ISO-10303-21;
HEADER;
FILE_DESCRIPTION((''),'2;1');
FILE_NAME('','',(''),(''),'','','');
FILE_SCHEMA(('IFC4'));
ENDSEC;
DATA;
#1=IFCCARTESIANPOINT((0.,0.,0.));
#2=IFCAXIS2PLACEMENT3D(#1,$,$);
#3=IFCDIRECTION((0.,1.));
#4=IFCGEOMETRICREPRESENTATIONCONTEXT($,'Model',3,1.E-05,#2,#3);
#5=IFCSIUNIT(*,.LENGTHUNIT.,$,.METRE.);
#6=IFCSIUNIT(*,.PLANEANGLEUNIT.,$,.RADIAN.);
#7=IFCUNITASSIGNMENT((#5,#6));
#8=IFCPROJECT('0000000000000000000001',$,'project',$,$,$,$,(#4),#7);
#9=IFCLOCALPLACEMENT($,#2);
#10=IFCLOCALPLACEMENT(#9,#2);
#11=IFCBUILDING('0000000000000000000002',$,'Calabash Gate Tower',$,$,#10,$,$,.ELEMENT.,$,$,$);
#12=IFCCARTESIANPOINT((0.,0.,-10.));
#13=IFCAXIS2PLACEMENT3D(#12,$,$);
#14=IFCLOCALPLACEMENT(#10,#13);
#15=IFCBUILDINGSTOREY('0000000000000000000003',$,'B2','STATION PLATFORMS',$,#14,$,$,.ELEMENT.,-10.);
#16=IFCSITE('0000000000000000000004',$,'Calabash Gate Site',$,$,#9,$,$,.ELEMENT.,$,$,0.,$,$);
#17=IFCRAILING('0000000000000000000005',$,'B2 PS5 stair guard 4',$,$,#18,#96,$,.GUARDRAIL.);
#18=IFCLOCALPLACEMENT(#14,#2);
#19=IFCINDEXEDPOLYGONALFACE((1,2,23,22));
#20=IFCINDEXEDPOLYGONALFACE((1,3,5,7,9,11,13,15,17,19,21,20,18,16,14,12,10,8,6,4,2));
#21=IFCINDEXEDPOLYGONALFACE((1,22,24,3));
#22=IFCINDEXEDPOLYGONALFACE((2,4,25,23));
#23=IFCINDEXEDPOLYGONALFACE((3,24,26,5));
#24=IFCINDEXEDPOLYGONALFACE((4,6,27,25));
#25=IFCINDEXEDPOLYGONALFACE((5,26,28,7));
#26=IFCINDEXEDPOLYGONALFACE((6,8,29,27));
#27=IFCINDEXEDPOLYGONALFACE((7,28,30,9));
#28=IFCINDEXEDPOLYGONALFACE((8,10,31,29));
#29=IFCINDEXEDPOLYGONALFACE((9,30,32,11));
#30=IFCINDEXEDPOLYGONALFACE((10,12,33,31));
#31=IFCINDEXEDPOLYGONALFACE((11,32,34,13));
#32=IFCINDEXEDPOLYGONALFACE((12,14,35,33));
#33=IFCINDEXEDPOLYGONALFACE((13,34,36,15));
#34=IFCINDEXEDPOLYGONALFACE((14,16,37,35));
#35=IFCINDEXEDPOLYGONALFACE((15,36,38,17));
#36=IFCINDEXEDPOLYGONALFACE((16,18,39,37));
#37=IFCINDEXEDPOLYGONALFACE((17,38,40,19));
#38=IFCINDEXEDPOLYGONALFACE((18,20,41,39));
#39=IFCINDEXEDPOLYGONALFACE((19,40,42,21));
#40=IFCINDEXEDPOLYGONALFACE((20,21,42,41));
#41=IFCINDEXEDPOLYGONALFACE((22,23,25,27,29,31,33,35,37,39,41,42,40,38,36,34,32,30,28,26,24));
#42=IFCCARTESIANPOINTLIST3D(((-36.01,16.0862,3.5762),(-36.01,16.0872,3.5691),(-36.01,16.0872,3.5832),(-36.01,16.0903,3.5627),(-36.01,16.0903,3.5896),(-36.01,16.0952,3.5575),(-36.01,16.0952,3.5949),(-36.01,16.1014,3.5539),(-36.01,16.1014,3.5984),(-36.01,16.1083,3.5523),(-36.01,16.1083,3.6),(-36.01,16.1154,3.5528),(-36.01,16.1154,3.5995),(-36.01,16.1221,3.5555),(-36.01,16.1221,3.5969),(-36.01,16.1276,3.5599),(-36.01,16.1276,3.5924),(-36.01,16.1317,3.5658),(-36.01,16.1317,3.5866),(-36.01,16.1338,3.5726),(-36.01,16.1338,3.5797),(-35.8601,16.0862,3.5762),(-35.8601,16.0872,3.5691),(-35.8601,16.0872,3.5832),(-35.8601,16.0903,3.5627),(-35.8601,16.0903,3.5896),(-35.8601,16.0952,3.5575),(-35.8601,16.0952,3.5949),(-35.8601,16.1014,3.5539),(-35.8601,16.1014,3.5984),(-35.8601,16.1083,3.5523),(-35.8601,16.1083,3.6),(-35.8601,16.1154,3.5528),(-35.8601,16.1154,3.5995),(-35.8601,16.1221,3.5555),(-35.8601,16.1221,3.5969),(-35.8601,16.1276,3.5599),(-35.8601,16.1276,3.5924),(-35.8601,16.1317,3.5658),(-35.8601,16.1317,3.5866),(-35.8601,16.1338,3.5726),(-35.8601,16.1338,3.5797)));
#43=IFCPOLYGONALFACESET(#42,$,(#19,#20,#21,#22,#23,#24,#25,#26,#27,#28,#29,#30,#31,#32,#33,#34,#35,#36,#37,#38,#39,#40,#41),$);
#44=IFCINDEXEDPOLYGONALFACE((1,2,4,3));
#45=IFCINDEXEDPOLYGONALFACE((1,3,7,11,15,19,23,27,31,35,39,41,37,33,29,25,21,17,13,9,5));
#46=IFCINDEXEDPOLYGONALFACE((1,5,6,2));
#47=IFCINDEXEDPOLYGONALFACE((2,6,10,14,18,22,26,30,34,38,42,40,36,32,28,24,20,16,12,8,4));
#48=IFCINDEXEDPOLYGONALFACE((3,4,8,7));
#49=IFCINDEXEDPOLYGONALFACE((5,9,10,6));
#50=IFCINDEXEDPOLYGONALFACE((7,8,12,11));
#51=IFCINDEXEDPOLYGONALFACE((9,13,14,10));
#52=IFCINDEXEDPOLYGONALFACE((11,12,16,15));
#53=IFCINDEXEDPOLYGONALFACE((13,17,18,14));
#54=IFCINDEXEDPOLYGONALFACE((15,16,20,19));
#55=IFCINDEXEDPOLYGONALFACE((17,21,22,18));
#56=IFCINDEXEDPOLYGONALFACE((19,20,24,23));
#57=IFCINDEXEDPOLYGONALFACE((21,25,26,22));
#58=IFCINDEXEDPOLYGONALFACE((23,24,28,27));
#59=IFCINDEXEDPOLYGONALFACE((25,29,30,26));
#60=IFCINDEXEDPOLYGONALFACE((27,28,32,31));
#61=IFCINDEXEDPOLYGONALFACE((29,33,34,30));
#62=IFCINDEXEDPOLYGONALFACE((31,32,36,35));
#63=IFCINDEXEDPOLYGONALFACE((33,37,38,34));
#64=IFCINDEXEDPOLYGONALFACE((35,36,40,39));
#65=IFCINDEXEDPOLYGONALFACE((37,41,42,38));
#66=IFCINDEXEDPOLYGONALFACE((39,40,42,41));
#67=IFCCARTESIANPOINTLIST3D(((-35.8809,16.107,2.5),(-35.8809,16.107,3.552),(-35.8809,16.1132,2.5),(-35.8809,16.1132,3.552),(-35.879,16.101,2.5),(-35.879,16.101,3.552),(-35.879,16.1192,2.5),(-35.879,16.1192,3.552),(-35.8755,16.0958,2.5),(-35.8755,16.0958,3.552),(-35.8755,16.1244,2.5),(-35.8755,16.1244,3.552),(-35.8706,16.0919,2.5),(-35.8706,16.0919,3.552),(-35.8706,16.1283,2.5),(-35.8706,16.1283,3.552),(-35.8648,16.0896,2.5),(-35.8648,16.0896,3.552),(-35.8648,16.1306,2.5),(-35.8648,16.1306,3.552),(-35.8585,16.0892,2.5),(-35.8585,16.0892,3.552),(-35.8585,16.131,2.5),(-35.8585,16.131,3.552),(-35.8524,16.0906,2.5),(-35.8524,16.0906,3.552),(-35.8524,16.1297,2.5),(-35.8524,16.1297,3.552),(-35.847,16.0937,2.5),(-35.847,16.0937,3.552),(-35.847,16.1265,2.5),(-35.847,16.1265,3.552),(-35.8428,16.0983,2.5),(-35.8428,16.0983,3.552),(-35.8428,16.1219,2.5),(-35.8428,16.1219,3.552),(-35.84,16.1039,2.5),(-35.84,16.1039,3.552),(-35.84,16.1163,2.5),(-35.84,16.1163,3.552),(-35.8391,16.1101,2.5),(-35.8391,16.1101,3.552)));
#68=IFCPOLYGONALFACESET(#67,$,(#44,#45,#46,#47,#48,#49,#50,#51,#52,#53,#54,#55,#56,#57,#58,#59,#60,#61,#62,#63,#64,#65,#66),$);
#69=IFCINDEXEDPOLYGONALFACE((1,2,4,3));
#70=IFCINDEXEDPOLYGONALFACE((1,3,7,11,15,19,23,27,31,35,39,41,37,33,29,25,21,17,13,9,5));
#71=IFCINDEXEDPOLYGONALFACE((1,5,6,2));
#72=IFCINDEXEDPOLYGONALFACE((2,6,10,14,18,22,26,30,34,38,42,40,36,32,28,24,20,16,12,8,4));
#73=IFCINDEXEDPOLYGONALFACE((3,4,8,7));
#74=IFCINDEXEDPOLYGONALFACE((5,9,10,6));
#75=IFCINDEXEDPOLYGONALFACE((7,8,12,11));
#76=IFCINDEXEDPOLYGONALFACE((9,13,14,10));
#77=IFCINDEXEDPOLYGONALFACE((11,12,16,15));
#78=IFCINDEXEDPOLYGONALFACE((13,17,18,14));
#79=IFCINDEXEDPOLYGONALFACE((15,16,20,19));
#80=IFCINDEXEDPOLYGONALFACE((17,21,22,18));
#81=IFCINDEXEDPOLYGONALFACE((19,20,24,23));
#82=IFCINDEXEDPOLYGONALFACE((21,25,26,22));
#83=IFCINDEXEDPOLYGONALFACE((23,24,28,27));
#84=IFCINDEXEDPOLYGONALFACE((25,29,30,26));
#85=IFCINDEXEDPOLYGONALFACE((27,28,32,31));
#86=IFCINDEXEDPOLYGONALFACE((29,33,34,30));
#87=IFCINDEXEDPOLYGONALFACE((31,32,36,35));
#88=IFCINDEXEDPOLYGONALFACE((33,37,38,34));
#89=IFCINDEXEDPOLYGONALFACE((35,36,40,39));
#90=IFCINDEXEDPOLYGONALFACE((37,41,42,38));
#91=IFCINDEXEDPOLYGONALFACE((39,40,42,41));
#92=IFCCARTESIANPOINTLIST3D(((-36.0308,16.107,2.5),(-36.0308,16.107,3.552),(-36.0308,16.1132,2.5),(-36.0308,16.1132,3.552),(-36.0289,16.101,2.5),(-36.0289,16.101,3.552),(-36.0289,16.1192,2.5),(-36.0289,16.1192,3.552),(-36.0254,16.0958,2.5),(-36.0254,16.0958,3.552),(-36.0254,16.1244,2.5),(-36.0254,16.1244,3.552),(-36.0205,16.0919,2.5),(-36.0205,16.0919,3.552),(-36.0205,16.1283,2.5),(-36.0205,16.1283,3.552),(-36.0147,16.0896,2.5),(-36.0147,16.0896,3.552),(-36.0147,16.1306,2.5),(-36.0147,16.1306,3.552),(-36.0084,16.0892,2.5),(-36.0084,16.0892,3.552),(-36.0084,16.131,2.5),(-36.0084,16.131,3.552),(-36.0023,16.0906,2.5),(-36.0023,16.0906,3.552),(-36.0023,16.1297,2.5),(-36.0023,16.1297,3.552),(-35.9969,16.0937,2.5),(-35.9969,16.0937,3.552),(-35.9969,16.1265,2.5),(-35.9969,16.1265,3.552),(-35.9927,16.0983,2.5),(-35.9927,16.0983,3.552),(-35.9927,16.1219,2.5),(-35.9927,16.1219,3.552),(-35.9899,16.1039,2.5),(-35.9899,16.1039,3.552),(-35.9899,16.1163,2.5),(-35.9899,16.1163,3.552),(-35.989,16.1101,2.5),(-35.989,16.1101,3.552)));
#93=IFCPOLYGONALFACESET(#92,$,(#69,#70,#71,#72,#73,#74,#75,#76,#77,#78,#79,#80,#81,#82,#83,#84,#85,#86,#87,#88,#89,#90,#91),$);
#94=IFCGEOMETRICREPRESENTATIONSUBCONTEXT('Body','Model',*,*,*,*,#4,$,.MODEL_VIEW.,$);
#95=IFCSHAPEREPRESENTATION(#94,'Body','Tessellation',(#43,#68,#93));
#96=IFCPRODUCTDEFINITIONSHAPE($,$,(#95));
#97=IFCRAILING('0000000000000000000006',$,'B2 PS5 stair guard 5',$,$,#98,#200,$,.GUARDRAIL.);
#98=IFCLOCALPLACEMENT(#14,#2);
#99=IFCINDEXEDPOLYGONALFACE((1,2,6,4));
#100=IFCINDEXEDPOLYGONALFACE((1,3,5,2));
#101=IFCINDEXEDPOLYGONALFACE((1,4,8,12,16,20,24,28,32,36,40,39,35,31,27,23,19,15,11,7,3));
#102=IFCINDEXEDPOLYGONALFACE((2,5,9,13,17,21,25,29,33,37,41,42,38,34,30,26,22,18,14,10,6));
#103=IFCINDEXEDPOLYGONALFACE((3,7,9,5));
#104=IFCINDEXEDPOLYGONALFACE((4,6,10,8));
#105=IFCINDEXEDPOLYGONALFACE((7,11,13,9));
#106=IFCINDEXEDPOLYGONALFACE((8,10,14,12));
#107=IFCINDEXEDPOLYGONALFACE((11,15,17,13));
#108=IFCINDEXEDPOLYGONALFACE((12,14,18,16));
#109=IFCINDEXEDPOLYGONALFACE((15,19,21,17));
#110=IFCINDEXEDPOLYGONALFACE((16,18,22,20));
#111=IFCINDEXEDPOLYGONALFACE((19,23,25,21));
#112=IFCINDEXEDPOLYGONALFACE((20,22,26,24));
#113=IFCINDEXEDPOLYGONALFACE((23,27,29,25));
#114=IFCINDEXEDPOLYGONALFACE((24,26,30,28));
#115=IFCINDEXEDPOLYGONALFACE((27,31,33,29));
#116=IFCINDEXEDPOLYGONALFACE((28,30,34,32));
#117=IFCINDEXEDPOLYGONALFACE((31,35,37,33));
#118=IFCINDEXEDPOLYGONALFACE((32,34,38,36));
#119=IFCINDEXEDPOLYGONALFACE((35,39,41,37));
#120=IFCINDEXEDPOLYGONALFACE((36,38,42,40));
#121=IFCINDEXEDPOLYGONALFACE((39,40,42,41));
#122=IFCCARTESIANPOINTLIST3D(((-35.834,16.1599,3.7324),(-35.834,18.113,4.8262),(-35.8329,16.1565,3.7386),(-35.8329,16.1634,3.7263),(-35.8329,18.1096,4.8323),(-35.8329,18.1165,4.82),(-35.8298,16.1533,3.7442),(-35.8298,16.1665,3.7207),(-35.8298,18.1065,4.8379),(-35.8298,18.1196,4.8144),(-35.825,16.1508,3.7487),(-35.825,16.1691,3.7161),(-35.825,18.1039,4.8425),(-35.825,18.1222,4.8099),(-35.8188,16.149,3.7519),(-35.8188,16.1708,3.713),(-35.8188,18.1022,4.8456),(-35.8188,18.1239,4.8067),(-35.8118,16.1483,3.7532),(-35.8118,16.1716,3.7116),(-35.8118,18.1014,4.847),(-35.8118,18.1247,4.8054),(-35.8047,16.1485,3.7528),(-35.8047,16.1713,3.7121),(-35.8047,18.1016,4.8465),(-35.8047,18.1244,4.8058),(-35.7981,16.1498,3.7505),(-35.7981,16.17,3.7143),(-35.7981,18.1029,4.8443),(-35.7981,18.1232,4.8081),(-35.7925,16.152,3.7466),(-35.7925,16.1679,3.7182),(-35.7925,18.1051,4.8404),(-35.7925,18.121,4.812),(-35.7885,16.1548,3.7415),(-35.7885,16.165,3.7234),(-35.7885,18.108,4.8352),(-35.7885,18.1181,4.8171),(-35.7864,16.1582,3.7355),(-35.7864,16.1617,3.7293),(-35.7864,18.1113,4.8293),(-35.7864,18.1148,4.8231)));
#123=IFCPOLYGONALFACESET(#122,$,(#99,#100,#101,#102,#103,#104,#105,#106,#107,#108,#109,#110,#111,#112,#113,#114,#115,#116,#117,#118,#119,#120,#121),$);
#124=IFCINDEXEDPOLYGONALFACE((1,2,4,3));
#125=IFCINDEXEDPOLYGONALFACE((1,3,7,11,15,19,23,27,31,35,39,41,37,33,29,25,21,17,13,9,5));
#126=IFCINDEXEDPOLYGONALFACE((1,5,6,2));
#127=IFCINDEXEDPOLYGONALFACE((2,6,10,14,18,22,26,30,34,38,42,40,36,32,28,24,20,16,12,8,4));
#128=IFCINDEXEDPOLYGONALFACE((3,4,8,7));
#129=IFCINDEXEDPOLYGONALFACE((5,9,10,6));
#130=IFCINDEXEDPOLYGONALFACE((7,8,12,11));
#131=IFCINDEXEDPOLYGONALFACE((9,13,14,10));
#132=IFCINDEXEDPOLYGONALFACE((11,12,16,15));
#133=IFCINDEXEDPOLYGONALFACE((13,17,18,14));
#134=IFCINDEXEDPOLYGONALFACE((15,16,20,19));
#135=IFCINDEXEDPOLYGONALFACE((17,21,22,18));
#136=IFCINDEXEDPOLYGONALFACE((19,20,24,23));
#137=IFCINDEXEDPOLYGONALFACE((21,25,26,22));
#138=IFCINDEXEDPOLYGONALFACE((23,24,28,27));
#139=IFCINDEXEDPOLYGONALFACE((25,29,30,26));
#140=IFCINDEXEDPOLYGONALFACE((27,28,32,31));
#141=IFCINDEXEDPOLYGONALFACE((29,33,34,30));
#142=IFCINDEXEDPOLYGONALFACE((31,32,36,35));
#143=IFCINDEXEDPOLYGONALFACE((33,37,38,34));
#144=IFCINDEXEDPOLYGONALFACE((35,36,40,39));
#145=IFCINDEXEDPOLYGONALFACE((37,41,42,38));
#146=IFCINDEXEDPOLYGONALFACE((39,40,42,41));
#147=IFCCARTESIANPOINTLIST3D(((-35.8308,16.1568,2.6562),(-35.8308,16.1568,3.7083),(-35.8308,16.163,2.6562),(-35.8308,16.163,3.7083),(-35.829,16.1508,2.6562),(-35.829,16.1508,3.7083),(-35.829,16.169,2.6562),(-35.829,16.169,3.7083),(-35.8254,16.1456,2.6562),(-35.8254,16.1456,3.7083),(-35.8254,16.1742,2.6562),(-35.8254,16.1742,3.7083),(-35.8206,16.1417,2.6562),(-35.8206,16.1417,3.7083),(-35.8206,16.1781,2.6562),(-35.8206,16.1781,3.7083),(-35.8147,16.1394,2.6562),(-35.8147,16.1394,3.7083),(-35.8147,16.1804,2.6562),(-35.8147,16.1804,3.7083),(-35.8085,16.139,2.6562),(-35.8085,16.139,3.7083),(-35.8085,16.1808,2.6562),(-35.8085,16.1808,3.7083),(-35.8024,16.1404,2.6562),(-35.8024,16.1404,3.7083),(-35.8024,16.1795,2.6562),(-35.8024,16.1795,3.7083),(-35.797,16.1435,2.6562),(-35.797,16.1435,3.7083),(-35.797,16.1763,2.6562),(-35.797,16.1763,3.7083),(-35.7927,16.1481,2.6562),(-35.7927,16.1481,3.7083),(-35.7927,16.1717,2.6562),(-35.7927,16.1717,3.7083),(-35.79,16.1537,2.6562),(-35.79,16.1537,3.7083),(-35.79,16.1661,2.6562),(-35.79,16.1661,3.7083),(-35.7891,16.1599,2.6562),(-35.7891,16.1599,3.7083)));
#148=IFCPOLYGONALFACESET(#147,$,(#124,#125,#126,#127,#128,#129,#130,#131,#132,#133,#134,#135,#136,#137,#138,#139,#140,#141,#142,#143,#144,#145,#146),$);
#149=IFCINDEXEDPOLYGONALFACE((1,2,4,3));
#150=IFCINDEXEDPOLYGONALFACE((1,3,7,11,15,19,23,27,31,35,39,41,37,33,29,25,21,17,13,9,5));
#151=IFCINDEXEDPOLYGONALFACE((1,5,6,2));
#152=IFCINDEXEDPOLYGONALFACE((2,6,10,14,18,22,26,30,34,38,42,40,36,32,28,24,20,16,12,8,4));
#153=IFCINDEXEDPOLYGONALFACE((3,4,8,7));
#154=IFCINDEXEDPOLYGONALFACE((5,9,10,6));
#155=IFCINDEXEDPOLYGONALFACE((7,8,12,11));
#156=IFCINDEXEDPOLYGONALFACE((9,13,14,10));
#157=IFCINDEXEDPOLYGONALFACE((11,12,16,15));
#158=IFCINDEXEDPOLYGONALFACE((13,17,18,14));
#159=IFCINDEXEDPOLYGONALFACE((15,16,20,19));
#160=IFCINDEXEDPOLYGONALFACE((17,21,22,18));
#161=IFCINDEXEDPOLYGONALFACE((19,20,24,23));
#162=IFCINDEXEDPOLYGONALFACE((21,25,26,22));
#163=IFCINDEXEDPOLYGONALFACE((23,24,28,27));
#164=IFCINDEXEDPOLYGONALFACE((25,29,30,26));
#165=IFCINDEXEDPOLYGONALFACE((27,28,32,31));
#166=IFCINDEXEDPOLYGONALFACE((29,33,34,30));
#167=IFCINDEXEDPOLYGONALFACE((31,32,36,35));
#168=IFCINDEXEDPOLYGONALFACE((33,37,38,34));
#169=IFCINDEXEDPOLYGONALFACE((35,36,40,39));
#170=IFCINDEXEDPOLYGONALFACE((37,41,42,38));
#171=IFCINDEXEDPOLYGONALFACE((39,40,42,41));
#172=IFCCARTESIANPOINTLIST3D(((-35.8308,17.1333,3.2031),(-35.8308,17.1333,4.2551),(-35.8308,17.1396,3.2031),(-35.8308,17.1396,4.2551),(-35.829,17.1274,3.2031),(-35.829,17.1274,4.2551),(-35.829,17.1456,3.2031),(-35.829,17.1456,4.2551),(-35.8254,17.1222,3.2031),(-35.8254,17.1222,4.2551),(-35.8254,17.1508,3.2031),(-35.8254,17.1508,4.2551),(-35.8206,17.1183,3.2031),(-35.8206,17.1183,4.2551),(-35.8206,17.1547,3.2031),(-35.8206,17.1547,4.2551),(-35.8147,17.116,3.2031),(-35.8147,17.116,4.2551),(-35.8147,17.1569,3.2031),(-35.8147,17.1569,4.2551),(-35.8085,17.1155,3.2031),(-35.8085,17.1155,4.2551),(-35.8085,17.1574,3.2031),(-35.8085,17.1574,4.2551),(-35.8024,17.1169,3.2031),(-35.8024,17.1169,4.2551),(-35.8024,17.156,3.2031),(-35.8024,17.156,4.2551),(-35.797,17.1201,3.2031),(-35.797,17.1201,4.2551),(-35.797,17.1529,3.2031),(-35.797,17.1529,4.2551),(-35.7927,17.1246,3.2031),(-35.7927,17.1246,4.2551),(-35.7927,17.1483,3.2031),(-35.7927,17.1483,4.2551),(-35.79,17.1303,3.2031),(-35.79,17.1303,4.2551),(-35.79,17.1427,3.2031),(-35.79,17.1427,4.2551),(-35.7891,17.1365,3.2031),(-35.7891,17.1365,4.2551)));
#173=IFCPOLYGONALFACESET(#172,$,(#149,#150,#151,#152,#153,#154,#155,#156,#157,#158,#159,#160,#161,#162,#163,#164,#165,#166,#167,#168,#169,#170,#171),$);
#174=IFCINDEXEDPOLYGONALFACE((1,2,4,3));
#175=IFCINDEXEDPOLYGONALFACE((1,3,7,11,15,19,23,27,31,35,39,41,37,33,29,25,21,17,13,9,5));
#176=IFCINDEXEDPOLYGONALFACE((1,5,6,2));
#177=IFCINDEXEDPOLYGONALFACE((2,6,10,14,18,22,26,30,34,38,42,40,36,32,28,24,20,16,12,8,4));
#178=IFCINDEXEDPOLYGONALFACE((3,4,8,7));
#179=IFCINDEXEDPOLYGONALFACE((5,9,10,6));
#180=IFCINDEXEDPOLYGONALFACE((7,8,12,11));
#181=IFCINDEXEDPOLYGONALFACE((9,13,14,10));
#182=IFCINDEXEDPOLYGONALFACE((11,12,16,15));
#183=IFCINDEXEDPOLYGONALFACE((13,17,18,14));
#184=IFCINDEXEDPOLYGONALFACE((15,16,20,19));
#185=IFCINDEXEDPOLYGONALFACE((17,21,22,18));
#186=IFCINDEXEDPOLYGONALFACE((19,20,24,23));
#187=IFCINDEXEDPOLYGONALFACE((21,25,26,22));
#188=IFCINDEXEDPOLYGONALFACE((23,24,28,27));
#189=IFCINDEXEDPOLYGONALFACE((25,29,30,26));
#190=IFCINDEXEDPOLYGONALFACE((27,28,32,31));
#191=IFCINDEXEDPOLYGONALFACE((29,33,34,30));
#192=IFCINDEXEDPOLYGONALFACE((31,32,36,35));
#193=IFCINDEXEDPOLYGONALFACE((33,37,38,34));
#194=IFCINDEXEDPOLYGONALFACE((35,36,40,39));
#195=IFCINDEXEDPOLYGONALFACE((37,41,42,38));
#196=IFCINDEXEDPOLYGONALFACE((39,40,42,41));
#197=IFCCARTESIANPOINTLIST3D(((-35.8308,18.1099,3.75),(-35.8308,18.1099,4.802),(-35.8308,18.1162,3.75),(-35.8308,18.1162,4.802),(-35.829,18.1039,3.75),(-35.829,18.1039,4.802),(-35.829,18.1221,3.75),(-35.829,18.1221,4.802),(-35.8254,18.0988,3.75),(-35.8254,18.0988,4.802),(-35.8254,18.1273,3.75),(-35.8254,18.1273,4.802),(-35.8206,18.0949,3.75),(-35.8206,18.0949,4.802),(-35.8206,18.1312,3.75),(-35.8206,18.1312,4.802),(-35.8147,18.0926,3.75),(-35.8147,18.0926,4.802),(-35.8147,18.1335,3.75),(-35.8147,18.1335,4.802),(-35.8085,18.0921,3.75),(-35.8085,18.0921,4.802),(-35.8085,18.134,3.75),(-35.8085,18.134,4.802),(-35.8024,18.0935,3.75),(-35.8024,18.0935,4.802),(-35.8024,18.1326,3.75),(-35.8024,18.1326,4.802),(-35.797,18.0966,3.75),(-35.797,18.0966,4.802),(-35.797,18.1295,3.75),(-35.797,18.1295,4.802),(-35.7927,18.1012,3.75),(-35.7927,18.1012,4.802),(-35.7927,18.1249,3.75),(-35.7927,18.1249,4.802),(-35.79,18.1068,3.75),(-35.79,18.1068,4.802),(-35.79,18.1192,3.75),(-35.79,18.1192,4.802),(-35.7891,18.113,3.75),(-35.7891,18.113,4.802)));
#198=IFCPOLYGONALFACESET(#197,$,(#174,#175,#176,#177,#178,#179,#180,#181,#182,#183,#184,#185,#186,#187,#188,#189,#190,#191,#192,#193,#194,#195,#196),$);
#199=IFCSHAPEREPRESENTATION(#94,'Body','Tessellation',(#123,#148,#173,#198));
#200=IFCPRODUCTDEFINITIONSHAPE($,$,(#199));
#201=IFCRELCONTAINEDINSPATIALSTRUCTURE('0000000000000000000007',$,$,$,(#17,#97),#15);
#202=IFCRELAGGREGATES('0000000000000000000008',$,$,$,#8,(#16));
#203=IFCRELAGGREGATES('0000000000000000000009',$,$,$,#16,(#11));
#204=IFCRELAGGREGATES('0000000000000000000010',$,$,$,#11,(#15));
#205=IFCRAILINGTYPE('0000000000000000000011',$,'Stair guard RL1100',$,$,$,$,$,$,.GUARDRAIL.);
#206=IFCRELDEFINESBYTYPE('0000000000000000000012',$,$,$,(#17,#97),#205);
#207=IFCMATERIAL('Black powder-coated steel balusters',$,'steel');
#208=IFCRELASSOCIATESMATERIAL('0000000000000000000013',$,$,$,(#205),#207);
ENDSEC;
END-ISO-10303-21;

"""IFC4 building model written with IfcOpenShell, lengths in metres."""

from ifc_helpers import new_model, si_unit, direction, frame, origin, origin_2d, place, context, subcontext, project, spatial, circle, extrude, material, type_object, element, save


model = new_model("IFC4")

# Units and contexts
model_context = context("Model", 3, precision=1e-05, world=origin(), true_north=direction((0.0, 1.0)))
body_context = subcontext(model_context, "Body", "Model", "MODEL_VIEW")
ifc_project = project(units=[si_unit("LENGTHUNIT", "METRE"), si_unit("PLANEANGLEUNIT", "RADIAN")], contexts=[model_context])

# Site, building, storey
site_placement = place(None, origin())
site = spatial("IfcSite", under=ifc_project, at=site_placement, Name="Calabash Gate Site", CompositionType="ELEMENT", RefElevation=0.0)
building_placement = place(site_placement, origin())
building = spatial("IfcBuilding", under=site, at=building_placement, Name="Calabash Gate Tower", CompositionType="ELEMENT")
storey_placement = place(building_placement, frame((0.0, 0.0, -10.0)))
storey = spatial("IfcBuildingStorey", under=building, at=storey_placement, Name="B2", Description="STATION PLATFORMS", CompositionType="ELEMENT", Elevation=-10.0)

# Railings
ifc_material_1 = material(Name="Black powder-coated steel balusters", Category="steel")
railing_type = type_object("IfcRailingType", Name="Stair guard RL1100", PredefinedType="GUARDRAIL", material=ifc_material_1)
railing_1_placement = place(storey_placement, frame((-35.8601, 16.1101, 2.5)))
element("IfcRailing", 1, at=railing_1_placement, inside=storey, type_object=railing_type, Name="B2 PS5 stair guard 4", PredefinedType="GUARDRAIL", context=body_context, shape_type="SweptSolid", body=[
    extrude(circle(Radius=0.0239, at=origin_2d()), frame((0.0, 0.0, 1.0762), z_axis=(-1.0, 0.0, 0.0), x_axis=(0.0, -1.0, 0.0)), (0.0, 0.0, 1.0), 0.1499),
    extrude(circle(Radius=0.021, at=origin_2d()), origin(), (0.0, 0.0, 1.0), 1.052),
    extrude(circle(Radius=0.021, at=origin_2d()), frame((-0.1499, 0.0, 0.0)), (0.0, 0.0, 1.0), 1.052),
])
railing_2_placement = place(storey_placement, frame((-35.8101, 16.1599, 2.6562)))
element("IfcRailing", 2, at=railing_2_placement, inside=storey, type_object=railing_type, Name="B2 PS5 stair guard 5", PredefinedType="GUARDRAIL", context=body_context, shape_type="SweptSolid", body=[
    extrude(circle(Radius=0.0239, at=origin_2d()), frame((0.0, 0.0, 1.0762), z_axis=(0.0, 0.872506, 0.488603), x_axis=(-1.0, 0.0, 0.0)), (0.0, 0.0, 1.0), 2.2385),
    extrude(circle(Radius=0.021, at=origin_2d()), origin(), (0.0, 0.0, 1.0), 1.052),
    extrude(circle(Radius=0.021, at=origin_2d()), frame((0.0, 0.9766, 0.5469)), (0.0, 0.0, 1.0), 1.052),
    extrude(circle(Radius=0.021, at=origin_2d()), frame((0.0, 1.9531, 1.0938)), (0.0, 0.0, 1.0), 1.052),
])

save(model, "model.ifc")
